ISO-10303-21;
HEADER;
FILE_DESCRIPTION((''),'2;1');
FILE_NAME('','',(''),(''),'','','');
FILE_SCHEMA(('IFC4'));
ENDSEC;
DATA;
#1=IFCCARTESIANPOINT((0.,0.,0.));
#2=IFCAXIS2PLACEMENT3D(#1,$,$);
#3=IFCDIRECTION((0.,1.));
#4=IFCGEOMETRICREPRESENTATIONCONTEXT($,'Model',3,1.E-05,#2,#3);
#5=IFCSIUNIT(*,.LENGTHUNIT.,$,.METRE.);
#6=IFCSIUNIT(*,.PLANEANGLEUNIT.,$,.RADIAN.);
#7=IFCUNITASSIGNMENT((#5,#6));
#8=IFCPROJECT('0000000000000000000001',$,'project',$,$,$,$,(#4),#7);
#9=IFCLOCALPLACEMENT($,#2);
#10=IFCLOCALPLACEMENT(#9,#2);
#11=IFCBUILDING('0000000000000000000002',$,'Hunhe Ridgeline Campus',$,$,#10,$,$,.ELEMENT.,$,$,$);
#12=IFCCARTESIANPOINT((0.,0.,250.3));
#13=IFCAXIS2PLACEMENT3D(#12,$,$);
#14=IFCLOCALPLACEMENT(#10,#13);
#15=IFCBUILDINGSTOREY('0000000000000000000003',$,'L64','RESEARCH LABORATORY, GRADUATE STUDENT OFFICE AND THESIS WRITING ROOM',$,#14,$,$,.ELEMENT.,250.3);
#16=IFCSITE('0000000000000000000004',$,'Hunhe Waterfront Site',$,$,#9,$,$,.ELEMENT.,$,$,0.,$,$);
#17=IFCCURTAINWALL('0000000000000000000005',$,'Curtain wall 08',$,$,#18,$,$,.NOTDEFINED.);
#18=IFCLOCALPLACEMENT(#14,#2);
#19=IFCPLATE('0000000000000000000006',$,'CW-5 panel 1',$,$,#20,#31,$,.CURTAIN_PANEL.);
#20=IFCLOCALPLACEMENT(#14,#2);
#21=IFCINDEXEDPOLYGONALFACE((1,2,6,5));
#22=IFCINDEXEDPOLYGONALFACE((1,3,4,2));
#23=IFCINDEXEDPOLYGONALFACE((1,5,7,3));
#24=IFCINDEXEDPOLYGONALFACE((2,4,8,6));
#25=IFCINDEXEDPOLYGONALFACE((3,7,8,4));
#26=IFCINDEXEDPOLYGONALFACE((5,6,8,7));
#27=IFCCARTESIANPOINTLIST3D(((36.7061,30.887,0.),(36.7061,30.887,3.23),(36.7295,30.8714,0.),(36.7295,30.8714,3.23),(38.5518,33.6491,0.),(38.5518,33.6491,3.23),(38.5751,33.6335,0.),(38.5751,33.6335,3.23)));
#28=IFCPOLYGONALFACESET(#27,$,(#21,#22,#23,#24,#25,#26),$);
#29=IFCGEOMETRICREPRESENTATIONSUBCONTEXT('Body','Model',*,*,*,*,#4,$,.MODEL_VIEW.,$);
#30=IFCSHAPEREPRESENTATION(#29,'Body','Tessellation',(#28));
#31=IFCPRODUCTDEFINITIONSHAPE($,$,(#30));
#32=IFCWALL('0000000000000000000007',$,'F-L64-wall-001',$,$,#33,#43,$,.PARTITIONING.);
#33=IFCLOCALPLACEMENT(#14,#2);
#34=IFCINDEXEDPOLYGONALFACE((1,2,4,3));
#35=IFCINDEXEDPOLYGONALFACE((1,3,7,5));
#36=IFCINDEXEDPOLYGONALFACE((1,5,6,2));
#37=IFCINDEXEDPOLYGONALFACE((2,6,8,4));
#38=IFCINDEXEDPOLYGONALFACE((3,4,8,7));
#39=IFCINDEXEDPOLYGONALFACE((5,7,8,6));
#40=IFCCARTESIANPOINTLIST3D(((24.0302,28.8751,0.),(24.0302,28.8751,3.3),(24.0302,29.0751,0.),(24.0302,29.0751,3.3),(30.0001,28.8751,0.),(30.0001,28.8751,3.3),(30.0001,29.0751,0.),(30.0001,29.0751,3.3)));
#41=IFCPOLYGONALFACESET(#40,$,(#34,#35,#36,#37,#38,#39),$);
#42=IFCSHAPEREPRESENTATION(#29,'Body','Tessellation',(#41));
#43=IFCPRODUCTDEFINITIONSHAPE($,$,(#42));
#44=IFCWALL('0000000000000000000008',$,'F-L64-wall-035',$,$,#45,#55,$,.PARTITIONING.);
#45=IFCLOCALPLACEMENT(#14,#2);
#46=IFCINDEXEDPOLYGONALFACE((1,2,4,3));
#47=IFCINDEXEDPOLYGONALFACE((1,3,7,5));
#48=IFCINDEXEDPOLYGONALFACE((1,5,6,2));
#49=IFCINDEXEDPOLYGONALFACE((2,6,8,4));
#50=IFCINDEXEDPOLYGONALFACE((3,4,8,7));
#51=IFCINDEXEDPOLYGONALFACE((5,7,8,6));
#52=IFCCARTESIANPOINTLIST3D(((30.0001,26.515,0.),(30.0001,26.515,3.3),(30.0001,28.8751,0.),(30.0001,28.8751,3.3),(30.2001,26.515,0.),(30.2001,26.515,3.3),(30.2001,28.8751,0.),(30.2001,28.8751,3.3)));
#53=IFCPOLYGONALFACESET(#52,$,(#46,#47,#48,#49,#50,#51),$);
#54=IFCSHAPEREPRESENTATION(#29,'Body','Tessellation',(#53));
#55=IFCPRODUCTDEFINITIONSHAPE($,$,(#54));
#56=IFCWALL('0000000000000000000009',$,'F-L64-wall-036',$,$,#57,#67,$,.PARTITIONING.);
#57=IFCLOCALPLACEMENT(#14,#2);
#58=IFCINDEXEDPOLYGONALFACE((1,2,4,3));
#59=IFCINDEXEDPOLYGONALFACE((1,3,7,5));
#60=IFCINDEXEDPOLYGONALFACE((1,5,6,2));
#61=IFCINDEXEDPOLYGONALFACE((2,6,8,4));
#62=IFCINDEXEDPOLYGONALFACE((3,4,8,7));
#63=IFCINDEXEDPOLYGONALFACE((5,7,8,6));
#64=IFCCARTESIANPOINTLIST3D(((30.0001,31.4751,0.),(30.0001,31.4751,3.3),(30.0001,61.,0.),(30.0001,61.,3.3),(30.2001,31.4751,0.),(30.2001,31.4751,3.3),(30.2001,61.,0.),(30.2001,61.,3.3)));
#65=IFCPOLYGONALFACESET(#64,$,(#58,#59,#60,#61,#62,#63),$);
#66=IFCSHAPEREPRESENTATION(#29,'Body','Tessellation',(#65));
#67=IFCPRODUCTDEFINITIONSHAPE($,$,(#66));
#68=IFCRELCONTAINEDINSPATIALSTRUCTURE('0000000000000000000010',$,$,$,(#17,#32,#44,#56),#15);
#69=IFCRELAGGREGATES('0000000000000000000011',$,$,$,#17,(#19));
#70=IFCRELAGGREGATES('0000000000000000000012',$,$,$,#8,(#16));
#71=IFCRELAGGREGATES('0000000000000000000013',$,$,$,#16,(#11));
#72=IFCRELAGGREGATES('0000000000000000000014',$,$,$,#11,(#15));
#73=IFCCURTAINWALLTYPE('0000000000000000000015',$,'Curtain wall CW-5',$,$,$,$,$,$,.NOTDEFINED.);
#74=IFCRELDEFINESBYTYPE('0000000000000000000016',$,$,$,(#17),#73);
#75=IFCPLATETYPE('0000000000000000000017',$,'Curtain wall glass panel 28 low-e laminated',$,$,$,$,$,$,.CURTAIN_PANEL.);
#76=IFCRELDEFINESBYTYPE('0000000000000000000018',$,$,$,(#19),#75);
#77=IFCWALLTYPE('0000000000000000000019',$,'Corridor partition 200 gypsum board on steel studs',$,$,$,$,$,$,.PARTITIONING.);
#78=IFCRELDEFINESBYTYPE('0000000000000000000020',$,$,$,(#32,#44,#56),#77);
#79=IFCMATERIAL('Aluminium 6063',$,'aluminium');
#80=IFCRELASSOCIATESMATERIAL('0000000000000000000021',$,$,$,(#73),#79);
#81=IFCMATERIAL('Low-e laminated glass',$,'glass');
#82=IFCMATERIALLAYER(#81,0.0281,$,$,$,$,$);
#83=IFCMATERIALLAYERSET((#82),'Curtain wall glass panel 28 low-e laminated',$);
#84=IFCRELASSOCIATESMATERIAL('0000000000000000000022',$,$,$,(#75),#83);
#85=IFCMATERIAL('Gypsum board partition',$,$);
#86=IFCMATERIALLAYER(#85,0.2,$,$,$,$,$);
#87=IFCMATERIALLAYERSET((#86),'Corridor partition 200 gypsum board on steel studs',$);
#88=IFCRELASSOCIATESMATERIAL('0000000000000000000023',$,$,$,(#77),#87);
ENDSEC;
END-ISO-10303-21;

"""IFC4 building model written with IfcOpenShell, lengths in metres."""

from ifc_helpers import new_model, si_unit, direction, frame, frame_2d, origin, origin_2d, place, context, subcontext, project, spatial, rectangle, extrude, material, layer, layer_set, type_object, element, aggregate, save


model = new_model("IFC4")

# Units and contexts
model_context = context("Model", 3, precision=1e-05, world=origin(), true_north=direction((0.0, 1.0)))
body_context = subcontext(model_context, "Body", "Model", "MODEL_VIEW")
ifc_project = project(units=[si_unit("LENGTHUNIT", "METRE"), si_unit("PLANEANGLEUNIT", "RADIAN")], contexts=[model_context])

# Site, building, storey
site_placement = place(None, origin())
site = spatial("IfcSite", under=ifc_project, at=site_placement, Name="Hunhe Waterfront Site", CompositionType="ELEMENT", RefElevation=0.0)
building_placement = place(site_placement, origin())
building = spatial("IfcBuilding", under=site, at=building_placement, Name="Hunhe Ridgeline Campus", CompositionType="ELEMENT")
storey_placement = place(building_placement, frame((0.0, 0.0, 250.3)))
storey = spatial("IfcBuildingStorey", under=building, at=storey_placement, Name="L64", Description="RESEARCH LABORATORY, GRADUATE STUDENT OFFICE AND THESIS WRITING ROOM", CompositionType="ELEMENT", Elevation=250.3)

# Shared definitions
ifc_material_1 = material(Name="Aluminium 6063", Category="aluminium")
curtain_wall_type = type_object("IfcCurtainWallType", Name="Curtain wall CW-5", PredefinedType="NOTDEFINED", material=ifc_material_1)

# Curtain wall
curtain_wall_1_placement = place(storey_placement, origin())
curtain_wall_1 = element("IfcCurtainWall", 1, at=curtain_wall_1_placement, inside=storey, type_object=curtain_wall_type, Name="Curtain wall 08", PredefinedType="NOTDEFINED")

# Plate
ifc_material_2 = material(Name="Low-e laminated glass", Category="glass")
ifc_layer_1 = layer(ifc_material_2, 0.0281)
ifc_layer_set_1 = layer_set([ifc_layer_1], Name="Curtain wall glass panel 28 low-e laminated")
plate_type = type_object("IfcPlateType", Name="Curtain wall glass panel 28 low-e laminated", PredefinedType="CURTAIN_PANEL", material=ifc_layer_set_1)
plate_1_placement = place(storey_placement, frame((37.6406, 32.2603, 0.0), z_axis=(0.0, 0.0, 1.0), x_axis=(0.55557, 0.83147, 0.0)))
plate_1 = element("IfcPlate", 2, at=plate_1_placement, type_object=plate_type, Name="CW-5 panel 1", PredefinedType="CURTAIN_PANEL", context=body_context, shape_type="SweptSolid", body=[
    extrude(rectangle(XDim=3.322, YDim=0.0281, at=origin_2d()), origin(), (0.0, 0.0, 1.0), 3.23),
])
aggregate(curtain_wall_1, [plate_1])

# Walls
ifc_material_3 = material(Name="Gypsum board partition")
ifc_layer_2 = layer(ifc_material_3, 0.2)
ifc_layer_set_2 = layer_set([ifc_layer_2], Name="Corridor partition 200 gypsum board on steel studs")
wall_type = type_object("IfcWallType", Name="Corridor partition 200 gypsum board on steel studs", PredefinedType="PARTITIONING", material=ifc_layer_set_2)
wall_1_placement = place(storey_placement, frame((30.0, 28.9751, 0.0), z_axis=(0.0, 0.0, 1.0), x_axis=(-1.0, 0.0, 0.0)))
element("IfcWall", 3, at=wall_1_placement, inside=storey, type_object=wall_type, Name="F-L64-wall-001", PredefinedType="PARTITIONING", context=body_context, shape_type="SweptSolid", body=[
    extrude(rectangle(XDim=5.97, YDim=0.2, at=frame_2d((2.9849, 0.0))), origin(), (0.0, 0.0, 1.0), 3.3),
])
wall_2_placement = place(storey_placement, frame((30.1001, 26.5149, 0.0), z_axis=(0.0, 0.0, 1.0), x_axis=(0.0, 1.0, 0.0)))
element("IfcWall", 4, at=wall_2_placement, inside=storey, type_object=wall_type, Name="F-L64-wall-035", PredefinedType="PARTITIONING", context=body_context, shape_type="SweptSolid", body=[
    extrude(rectangle(XDim=2.3601, YDim=0.2, at=frame_2d((1.1802, 0.0))), origin(), (0.0, 0.0, 1.0), 3.3),
])
wall_3_placement = place(storey_placement, frame((30.1001, 31.4751, 0.0), z_axis=(0.0, 0.0, 1.0), x_axis=(0.0, 1.0, 0.0)))
element("IfcWall", 5, at=wall_3_placement, inside=storey, type_object=wall_type, Name="F-L64-wall-036", PredefinedType="PARTITIONING", context=body_context, shape_type="SweptSolid", body=[
    extrude(rectangle(XDim=29.5249, YDim=0.2, at=frame_2d((14.7625, 0.0))), origin(), (0.0, 0.0, 1.0), 3.3),
])

save(model, "model.ifc")
